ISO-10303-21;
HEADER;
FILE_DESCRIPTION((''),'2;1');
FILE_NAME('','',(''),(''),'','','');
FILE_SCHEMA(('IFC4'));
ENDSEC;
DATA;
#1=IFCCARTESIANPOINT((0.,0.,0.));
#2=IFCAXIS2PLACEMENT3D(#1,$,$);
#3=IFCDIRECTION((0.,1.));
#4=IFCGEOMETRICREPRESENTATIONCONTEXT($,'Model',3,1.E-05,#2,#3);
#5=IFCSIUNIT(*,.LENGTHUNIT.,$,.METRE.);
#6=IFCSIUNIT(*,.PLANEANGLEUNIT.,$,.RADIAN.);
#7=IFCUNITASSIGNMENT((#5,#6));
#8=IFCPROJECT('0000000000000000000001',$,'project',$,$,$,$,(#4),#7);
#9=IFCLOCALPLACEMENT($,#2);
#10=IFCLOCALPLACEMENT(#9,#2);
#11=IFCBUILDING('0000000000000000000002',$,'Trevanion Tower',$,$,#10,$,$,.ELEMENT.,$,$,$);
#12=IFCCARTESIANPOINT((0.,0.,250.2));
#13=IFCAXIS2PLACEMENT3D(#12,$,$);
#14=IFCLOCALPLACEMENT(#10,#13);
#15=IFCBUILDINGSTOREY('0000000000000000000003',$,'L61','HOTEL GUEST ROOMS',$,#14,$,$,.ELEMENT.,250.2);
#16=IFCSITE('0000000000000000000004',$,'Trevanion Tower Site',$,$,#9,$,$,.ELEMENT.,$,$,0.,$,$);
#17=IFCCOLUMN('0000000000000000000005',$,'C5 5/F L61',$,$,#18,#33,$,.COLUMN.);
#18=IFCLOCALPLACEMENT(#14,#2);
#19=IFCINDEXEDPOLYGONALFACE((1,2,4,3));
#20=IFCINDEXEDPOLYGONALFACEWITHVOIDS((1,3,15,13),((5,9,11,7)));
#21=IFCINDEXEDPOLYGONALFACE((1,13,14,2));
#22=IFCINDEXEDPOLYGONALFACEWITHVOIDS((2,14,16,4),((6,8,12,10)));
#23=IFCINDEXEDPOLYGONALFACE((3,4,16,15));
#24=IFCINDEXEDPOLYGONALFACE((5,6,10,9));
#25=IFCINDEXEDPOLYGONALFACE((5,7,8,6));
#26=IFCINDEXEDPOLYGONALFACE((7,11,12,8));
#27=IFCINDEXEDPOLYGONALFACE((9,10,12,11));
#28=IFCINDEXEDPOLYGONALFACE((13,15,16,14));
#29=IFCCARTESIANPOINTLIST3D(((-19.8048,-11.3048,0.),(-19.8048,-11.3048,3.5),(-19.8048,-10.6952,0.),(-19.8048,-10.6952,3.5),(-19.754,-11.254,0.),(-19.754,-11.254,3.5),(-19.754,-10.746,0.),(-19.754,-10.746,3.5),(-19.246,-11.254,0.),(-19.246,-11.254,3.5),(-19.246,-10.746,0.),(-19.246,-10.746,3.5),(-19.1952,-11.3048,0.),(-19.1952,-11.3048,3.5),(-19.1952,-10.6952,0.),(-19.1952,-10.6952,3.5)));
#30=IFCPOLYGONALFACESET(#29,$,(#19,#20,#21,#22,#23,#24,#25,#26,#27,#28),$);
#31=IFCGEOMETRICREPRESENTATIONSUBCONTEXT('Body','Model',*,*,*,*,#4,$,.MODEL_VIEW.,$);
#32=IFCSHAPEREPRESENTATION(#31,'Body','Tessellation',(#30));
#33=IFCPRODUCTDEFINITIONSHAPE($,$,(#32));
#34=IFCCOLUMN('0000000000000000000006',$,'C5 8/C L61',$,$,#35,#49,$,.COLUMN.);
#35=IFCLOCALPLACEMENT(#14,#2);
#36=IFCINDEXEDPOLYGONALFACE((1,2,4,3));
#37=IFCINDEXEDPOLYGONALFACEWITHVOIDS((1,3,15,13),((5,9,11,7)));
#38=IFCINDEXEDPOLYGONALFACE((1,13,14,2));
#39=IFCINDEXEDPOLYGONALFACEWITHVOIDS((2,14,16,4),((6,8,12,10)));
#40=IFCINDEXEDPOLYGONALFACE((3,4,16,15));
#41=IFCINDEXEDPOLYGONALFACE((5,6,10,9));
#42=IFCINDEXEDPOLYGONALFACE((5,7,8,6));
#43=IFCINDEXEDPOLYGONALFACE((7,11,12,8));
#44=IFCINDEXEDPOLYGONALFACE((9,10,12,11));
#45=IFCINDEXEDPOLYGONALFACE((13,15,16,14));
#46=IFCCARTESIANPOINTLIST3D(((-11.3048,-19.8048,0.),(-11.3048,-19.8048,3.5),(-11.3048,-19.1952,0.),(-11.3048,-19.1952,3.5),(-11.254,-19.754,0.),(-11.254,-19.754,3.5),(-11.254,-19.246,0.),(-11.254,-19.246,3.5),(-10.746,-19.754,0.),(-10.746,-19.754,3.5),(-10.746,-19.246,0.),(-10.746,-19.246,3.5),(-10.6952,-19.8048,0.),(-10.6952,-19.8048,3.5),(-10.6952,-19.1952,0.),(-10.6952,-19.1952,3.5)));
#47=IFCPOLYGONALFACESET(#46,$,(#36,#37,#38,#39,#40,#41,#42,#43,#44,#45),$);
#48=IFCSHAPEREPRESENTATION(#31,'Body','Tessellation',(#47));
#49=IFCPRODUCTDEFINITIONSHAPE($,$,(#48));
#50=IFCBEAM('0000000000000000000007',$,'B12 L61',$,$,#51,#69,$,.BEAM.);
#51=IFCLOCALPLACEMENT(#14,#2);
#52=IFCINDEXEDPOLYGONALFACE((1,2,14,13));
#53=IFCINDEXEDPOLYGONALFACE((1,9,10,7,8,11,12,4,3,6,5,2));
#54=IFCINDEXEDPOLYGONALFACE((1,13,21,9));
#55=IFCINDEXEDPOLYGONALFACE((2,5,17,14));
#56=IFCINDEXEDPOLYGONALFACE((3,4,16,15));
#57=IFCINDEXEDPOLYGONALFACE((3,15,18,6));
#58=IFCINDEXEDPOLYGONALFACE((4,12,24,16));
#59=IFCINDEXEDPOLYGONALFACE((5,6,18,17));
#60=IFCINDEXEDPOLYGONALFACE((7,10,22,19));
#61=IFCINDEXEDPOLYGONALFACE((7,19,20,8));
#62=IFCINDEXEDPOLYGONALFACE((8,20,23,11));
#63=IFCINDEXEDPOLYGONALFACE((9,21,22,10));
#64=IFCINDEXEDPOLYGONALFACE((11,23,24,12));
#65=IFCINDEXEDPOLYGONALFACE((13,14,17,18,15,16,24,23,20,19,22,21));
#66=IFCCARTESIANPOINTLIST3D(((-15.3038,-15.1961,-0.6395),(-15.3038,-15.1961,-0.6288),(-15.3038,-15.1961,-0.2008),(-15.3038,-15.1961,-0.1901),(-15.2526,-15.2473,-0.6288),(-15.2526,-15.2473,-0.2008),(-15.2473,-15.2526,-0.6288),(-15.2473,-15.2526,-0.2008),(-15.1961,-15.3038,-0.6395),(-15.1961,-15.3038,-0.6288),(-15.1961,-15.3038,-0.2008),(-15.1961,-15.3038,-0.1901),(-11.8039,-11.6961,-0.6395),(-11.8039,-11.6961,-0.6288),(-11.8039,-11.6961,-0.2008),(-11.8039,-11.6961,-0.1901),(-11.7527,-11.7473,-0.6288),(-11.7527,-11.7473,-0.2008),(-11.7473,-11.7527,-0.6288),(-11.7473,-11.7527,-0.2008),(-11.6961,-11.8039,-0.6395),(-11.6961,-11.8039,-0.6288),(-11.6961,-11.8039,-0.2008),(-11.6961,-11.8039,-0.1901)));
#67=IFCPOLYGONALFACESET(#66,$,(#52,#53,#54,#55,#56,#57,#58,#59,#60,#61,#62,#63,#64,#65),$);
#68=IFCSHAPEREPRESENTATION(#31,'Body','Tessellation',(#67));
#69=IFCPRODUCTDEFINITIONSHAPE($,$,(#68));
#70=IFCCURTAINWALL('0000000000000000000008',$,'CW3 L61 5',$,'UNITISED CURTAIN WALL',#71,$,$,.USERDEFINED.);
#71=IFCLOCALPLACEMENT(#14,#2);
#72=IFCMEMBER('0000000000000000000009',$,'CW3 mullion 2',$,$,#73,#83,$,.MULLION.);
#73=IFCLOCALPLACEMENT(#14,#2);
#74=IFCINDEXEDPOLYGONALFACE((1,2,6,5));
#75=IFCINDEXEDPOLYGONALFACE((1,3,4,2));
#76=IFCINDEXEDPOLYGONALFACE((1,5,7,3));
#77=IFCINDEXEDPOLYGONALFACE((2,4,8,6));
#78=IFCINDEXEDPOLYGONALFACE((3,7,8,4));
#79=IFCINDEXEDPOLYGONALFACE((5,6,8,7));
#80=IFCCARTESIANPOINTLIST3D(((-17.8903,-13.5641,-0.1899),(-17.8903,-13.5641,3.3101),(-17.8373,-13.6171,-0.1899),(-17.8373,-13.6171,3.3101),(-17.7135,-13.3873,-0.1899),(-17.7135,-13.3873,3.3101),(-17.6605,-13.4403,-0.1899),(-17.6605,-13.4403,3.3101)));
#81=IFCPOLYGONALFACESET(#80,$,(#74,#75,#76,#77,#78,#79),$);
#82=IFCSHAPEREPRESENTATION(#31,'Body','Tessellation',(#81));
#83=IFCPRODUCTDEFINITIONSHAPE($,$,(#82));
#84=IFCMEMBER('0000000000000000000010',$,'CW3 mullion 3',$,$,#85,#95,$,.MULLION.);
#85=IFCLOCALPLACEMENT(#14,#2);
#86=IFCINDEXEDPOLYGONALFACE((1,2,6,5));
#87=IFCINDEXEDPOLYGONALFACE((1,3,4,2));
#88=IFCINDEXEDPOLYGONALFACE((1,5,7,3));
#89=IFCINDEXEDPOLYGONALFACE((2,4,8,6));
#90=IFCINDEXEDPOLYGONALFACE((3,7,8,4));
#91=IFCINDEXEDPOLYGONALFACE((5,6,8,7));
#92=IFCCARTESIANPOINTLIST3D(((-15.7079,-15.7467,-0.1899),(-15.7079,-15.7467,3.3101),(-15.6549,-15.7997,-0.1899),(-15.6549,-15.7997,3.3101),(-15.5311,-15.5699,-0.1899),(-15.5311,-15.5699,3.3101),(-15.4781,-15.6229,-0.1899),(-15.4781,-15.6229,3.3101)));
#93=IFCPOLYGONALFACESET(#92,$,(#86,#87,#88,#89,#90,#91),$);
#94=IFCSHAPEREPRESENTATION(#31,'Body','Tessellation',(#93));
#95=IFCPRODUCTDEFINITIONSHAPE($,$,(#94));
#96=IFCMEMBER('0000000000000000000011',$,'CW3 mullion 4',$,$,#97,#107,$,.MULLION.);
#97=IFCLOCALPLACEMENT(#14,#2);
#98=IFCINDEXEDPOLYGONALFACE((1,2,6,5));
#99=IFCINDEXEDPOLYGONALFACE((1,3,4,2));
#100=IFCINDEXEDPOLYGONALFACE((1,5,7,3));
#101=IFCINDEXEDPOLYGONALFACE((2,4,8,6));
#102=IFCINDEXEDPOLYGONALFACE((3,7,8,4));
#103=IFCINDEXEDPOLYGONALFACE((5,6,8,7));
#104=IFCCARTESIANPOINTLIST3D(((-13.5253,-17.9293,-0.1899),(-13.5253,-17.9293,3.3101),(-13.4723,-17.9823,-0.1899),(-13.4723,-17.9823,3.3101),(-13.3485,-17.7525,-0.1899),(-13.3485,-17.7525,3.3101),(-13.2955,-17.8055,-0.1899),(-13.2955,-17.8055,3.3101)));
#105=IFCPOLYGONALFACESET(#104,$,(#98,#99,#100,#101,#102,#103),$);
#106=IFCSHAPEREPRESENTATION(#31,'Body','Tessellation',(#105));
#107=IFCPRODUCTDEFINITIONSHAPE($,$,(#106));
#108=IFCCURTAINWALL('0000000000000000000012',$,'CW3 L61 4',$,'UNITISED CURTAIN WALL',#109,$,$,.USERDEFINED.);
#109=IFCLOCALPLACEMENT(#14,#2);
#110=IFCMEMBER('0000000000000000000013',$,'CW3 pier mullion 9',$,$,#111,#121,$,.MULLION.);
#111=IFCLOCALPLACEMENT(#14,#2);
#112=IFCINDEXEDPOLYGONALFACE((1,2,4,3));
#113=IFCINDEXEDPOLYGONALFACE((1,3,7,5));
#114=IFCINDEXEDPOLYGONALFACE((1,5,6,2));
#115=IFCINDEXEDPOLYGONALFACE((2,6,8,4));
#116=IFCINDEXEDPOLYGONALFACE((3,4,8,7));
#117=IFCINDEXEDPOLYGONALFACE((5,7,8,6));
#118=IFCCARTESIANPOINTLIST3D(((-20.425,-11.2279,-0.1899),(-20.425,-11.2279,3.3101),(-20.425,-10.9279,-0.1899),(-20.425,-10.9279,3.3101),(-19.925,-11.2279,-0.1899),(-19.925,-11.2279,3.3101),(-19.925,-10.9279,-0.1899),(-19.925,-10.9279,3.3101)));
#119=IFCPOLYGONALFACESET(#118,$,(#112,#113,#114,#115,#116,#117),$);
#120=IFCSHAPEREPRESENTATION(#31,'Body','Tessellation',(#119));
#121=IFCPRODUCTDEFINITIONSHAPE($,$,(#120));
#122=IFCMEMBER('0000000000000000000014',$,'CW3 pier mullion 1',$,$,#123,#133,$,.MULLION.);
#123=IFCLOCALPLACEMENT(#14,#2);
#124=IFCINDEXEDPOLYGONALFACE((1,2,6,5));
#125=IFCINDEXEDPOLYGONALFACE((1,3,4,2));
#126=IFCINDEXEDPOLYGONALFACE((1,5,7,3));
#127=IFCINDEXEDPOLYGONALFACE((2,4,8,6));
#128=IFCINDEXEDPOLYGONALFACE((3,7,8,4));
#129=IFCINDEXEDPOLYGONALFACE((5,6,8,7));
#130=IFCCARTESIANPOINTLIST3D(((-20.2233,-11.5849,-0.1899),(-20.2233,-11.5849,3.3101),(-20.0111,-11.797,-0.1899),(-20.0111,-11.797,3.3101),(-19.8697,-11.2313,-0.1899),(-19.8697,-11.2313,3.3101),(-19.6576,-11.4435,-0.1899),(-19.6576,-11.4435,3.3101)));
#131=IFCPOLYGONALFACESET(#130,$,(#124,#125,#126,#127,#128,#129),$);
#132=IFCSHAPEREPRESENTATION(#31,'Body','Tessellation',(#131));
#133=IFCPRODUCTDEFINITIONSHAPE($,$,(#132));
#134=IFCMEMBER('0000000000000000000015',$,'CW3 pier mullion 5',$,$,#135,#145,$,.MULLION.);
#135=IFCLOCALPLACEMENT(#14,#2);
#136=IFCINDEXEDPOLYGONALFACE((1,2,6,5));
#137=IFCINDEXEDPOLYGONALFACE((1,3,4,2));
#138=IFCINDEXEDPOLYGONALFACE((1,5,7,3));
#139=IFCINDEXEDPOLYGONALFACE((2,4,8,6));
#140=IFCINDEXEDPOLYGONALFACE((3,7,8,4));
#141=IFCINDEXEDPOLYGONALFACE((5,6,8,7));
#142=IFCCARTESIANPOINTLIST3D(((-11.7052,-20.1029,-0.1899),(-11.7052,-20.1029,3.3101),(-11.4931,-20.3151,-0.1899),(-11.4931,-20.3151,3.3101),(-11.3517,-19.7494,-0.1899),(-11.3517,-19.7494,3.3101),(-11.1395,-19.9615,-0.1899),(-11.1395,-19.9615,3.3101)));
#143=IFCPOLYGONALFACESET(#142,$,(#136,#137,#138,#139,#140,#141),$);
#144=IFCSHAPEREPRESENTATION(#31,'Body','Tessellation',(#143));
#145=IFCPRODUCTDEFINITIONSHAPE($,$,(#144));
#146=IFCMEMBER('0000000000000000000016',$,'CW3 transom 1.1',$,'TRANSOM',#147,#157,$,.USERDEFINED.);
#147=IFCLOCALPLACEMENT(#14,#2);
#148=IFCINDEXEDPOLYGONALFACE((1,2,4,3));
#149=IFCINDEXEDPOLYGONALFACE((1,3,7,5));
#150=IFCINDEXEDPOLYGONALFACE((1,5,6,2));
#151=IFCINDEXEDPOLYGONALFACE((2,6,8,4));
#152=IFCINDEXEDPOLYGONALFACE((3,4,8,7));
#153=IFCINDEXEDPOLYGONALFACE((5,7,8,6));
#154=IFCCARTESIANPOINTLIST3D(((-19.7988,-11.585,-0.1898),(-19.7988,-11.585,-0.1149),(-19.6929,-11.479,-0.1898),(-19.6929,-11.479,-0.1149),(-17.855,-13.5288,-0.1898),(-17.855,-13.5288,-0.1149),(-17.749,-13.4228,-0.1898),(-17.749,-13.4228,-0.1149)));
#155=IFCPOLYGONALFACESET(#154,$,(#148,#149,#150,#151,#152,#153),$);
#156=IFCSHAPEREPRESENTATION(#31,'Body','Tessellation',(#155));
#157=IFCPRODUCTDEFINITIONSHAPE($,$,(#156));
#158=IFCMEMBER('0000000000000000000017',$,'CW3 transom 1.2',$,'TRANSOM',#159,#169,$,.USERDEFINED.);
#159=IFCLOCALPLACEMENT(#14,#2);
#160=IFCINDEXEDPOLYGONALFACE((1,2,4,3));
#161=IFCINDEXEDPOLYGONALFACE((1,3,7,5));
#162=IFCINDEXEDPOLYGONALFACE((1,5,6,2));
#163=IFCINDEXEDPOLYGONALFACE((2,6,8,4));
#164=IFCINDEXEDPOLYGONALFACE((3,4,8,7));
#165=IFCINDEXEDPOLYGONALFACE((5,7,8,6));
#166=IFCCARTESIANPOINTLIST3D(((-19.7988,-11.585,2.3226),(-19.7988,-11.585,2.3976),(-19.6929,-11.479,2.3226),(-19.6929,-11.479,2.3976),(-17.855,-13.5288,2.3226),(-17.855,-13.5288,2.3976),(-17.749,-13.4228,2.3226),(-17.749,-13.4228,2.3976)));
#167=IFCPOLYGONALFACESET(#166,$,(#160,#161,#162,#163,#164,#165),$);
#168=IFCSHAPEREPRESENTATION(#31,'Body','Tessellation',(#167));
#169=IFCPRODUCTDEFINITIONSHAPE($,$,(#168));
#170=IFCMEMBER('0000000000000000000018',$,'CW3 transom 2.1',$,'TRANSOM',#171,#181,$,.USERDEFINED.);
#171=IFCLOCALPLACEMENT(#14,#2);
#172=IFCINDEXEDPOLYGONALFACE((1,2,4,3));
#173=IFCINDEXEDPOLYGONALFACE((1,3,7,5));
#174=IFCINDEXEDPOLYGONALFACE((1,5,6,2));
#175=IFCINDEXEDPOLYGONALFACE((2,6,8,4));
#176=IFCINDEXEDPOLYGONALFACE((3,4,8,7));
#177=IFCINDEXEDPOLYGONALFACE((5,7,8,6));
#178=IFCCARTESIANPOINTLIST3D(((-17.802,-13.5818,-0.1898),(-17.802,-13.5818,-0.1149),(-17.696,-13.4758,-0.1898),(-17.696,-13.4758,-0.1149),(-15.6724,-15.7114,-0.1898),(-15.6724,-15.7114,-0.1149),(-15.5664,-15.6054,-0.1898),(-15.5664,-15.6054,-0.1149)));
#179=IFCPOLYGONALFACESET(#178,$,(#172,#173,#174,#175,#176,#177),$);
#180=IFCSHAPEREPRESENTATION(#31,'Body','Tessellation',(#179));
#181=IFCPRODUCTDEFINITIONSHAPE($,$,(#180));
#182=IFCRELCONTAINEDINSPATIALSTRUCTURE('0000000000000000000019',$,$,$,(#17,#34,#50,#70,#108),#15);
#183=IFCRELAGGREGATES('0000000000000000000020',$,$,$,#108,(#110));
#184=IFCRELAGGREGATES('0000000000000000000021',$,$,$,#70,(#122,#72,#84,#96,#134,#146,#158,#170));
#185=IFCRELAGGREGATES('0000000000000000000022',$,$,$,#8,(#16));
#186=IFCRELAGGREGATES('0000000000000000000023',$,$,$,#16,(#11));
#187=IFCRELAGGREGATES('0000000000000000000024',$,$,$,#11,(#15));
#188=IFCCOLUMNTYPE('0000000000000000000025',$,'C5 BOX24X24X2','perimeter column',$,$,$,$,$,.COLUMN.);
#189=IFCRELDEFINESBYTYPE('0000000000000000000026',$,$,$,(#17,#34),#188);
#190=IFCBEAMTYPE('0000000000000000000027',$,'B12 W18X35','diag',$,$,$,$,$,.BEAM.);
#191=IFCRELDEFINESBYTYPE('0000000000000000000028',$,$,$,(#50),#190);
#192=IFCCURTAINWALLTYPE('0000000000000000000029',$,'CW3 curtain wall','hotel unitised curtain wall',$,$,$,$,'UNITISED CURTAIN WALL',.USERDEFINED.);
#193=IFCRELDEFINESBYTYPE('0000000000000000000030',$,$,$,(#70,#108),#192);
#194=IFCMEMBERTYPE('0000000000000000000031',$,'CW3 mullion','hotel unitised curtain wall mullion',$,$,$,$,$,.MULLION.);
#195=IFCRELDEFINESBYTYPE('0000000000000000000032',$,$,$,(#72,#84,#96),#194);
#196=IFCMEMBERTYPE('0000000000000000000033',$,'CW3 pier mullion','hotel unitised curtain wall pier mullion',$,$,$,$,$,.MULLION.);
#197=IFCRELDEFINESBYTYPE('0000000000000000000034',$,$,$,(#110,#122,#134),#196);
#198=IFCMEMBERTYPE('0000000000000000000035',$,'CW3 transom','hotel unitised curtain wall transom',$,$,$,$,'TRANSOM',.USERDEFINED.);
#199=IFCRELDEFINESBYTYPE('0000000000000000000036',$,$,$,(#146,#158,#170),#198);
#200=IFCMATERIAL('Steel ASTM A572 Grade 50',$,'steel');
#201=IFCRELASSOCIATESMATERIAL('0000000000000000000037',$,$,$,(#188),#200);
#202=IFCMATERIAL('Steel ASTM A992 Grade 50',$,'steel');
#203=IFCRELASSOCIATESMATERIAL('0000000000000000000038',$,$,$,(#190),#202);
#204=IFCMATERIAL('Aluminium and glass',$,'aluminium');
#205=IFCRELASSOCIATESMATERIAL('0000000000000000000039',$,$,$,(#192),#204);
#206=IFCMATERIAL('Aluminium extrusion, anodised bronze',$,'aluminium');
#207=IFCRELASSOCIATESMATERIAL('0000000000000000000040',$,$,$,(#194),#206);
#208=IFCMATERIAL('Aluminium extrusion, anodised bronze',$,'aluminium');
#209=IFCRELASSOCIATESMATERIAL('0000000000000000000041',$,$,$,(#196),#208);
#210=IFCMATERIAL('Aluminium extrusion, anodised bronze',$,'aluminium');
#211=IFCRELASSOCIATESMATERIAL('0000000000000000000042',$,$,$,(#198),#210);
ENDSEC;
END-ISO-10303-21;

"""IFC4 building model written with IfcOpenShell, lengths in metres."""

from ifc_helpers import new_model, si_unit, direction, frame, origin, origin_2d, place, context, subcontext, project, spatial, rectangle, hollow_rectangle, i_section, extrude, material, material_profile, profile_set, type_object, element, aggregate, save


model = new_model("IFC4")

# Units and contexts
model_context = context("Model", 3, precision=1e-05, world=origin(), true_north=direction((0.0, 1.0)))
body_context = subcontext(model_context, "Body", "Model", "MODEL_VIEW")
ifc_project = project(units=[si_unit("LENGTHUNIT", "METRE"), si_unit("PLANEANGLEUNIT", "RADIAN")], contexts=[model_context])

# Site, building, storey
site_placement = place(None, origin())
site = spatial("IfcSite", under=ifc_project, at=site_placement, Name="Trevanion Tower Site", CompositionType="ELEMENT", RefElevation=0.0)
building_placement = place(site_placement, origin())
building = spatial("IfcBuilding", under=site, at=building_placement, Name="Trevanion Tower", CompositionType="ELEMENT")
storey_placement = place(building_placement, frame((0.0, 0.0, 250.2)))
storey = spatial("IfcBuildingStorey", under=building, at=storey_placement, Name="L61", Description="HOTEL GUEST ROOMS", CompositionType="ELEMENT", Elevation=250.2)

# Columns
ifc_material_1 = material(Name="Steel ASTM A572 Grade 50", Category="steel")
ifc_material_profile_1 = material_profile(ifc_material_1, hollow_rectangle(XDim=0.6096, YDim=0.6096, WallThickness=0.0508, at=origin_2d()), Name="BOX24X24X2")
ifc_profile_set_1 = profile_set([ifc_material_profile_1], Name="Steel ASTM A572 Grade 50")
column_type = type_object("IfcColumnType", Name="C5 BOX24X24X2", Description="perimeter column", PredefinedType="COLUMN", material=ifc_profile_set_1)
for number, where, z_axis, x_axis, name in (
    (1, (-19.5, -11.0, 0.0), (0.0, 0.0, 1.0), (0.0, 1.0, 0.0), "C5 5/F L61"),
    (2, (-11.0, -19.5, 0.0), (0.0, 0.0, 1.0), (1.0, 0.0, 0.0), "C5 8/C L61"),
):
    element("IfcColumn", number, at=place(storey_placement, frame(where, z_axis=z_axis, x_axis=x_axis)), inside=storey, type_object=column_type, Name=name, PredefinedType="COLUMN", context=body_context, shape_type="SweptSolid", body=[
        extrude(hollow_rectangle(XDim=0.6096, YDim=0.6096, WallThickness=0.0508, at=origin_2d()), origin(), (0.0, 0.0, 1.0), 3.5),
    ])

# Beam
ifc_material_2 = material(Name="Steel ASTM A992 Grade 50", Category="steel")
ifc_material_profile_2 = material_profile(ifc_material_2, i_section(OverallWidth=0.1523, OverallDepth=0.4495, WebThickness=0.0076, FlangeThickness=0.0107, at=origin_2d()), Name="W18X35")
ifc_profile_set_2 = profile_set([ifc_material_profile_2], Name="Steel ASTM A992 Grade 50")
beam_type_1 = type_object("IfcBeamType", Name="B12 W18X35", Description="diag", PredefinedType="BEAM", material=ifc_profile_set_2)
beam_1_placement = place(storey_placement, frame((-11.75, -11.75, -0.4148), z_axis=(-0.707107, -0.707107, 0.0), x_axis=(0.707107, -0.707107, 0.0)))
element("IfcBeam", 3, at=beam_1_placement, inside=storey, type_object=beam_type_1, Name="B12 L61", PredefinedType="BEAM", context=body_context, shape_type="SweptSolid", body=[
    extrude(i_section(OverallWidth=0.1523, OverallDepth=0.4495, WebThickness=0.0076, FlangeThickness=0.0107, at=origin_2d()), origin(), (0.0, 0.0, 1.0), 4.9497),
])

# Curtain wall, members
ifc_material_3 = material(Name="Aluminium and glass", Category="aluminium")
curtain_wall_type = type_object("IfcCurtainWallType", Name="CW3 curtain wall", Description="hotel unitised curtain wall", ElementType="UNITISED CURTAIN WALL", PredefinedType="USERDEFINED", material=ifc_material_3)
curtain_wall_1_placement = place(storey_placement, origin())
curtain_wall_1 = element("IfcCurtainWall", 4, at=curtain_wall_1_placement, inside=storey, type_object=curtain_wall_type, Name="CW3 L61 5", ObjectType="UNITISED CURTAIN WALL", PredefinedType="USERDEFINED")
ifc_material_4 = material(Name="Aluminium extrusion, anodised bronze", Category="aluminium")
ifc_material_profile_3 = material_profile(ifc_material_4, rectangle(XDim=0.075, YDim=0.25, at=origin_2d()), Name="CW3 mullion")
ifc_profile_set_3 = profile_set([ifc_material_profile_3], Name="Aluminium extrusion, anodised bronze")
member_type_1 = type_object("IfcMemberType", Name="CW3 mullion", Description="hotel unitised curtain wall mullion", PredefinedType="MULLION", material=ifc_profile_set_3)
member_1_placement = place(storey_placement, frame((-17.7754, -13.5022, -0.1899), z_axis=(0.0, 0.0, 1.0), x_axis=(0.707107, -0.707107, 0.0)))
member_1 = element("IfcMember", 5, at=member_1_placement, type_object=member_type_1, Name="CW3 mullion 2", PredefinedType="MULLION", context=body_context, shape_type="SweptSolid", body=[
    extrude(rectangle(XDim=0.075, YDim=0.25, at=origin_2d()), origin(), (0.0, 0.0, 1.0), 3.5),
])
member_2_placement = place(storey_placement, frame((-15.593, -15.6848, -0.1899), z_axis=(0.0, 0.0, 1.0), x_axis=(0.707107, -0.707107, 0.0)))
member_2 = element("IfcMember", 6, at=member_2_placement, type_object=member_type_1, Name="CW3 mullion 3", PredefinedType="MULLION", context=body_context, shape_type="SweptSolid", body=[
    extrude(rectangle(XDim=0.075, YDim=0.25, at=origin_2d()), origin(), (0.0, 0.0, 1.0), 3.5),
])
member_3_placement = place(storey_placement, frame((-13.4104, -17.8674, -0.1899), z_axis=(0.0, 0.0, 1.0), x_axis=(0.707107, -0.707107, 0.0)))
member_3 = element("IfcMember", 7, at=member_3_placement, type_object=member_type_1, Name="CW3 mullion 4", PredefinedType="MULLION", context=body_context, shape_type="SweptSolid", body=[
    extrude(rectangle(XDim=0.075, YDim=0.25, at=origin_2d()), origin(), (0.0, 0.0, 1.0), 3.5),
])

# Curtain wall, member
curtain_wall_2_placement = place(storey_placement, origin())
curtain_wall_2 = element("IfcCurtainWall", 8, at=curtain_wall_2_placement, inside=storey, type_object=curtain_wall_type, Name="CW3 L61 4", ObjectType="UNITISED CURTAIN WALL", PredefinedType="USERDEFINED")
ifc_material_5 = material(Name="Aluminium extrusion, anodised bronze", Category="aluminium")
ifc_material_profile_4 = material_profile(ifc_material_5, rectangle(XDim=0.3, YDim=0.5, at=origin_2d()), Name="CW3 pier mullion")
ifc_profile_set_4 = profile_set([ifc_material_profile_4], Name="Aluminium extrusion, anodised bronze")
member_type_2 = type_object("IfcMemberType", Name="CW3 pier mullion", Description="hotel unitised curtain wall pier mullion", PredefinedType="MULLION", material=ifc_profile_set_4)
member_4_placement = place(storey_placement, frame((-20.175, -11.0779, -0.1899), z_axis=(0.0, 0.0, 1.0), x_axis=(0.0, -1.0, 0.0)))
member_4 = element("IfcMember", 9, at=member_4_placement, type_object=member_type_2, Name="CW3 pier mullion 9", PredefinedType="MULLION", context=body_context, shape_type="SweptSolid", body=[
    extrude(rectangle(XDim=0.3, YDim=0.5, at=origin_2d()), origin(), (0.0, 0.0, 1.0), 3.5),
])
aggregate(curtain_wall_2, [member_4])

# Members
member_5_placement = place(storey_placement, frame((-19.9404, -11.5142, -0.1899), z_axis=(0.0, 0.0, 1.0), x_axis=(0.707107, -0.707107, 0.0)))
member_5 = element("IfcMember", 10, at=member_5_placement, type_object=member_type_2, Name="CW3 pier mullion 1", PredefinedType="MULLION", context=body_context, shape_type="SweptSolid", body=[
    extrude(rectangle(XDim=0.3, YDim=0.5, at=origin_2d()), origin(), (0.0, 0.0, 1.0), 3.5),
])
member_6_placement = place(storey_placement, frame((-11.4224, -20.0322, -0.1899), z_axis=(0.0, 0.0, 1.0), x_axis=(0.707107, -0.707107, 0.0)))
member_6 = element("IfcMember", 11, at=member_6_placement, type_object=member_type_2, Name="CW3 pier mullion 5", PredefinedType="MULLION", context=body_context, shape_type="SweptSolid", body=[
    extrude(rectangle(XDim=0.3, YDim=0.5, at=origin_2d()), origin(), (0.0, 0.0, 1.0), 3.5),
])
ifc_material_6 = material(Name="Aluminium extrusion, anodised bronze", Category="aluminium")
ifc_material_profile_5 = material_profile(ifc_material_6, rectangle(XDim=0.1499, YDim=0.075, at=origin_2d()), Name="CW3 transom")
ifc_profile_set_5 = profile_set([ifc_material_profile_5], Name="Aluminium extrusion, anodised bronze")
member_type_3 = type_object("IfcMemberType", Name="CW3 transom", Description="hotel unitised curtain wall transom", ElementType="TRANSOM", PredefinedType="USERDEFINED", material=ifc_profile_set_5)
member_7_placement = place(storey_placement, frame((-19.7458, -11.532, -0.1523), z_axis=(0.707107, -0.707107, 0.0), x_axis=(0.707107, 0.707107, 0.0)))
member_7 = element("IfcMember", 12, at=member_7_placement, type_object=member_type_3, Name="CW3 transom 1.1", ObjectType="TRANSOM", PredefinedType="USERDEFINED", context=body_context, shape_type="SweptSolid", body=[
    extrude(rectangle(XDim=0.1499, YDim=0.075, at=origin_2d()), origin(), (0.0, 0.0, 1.0), 2.749),
])
member_8_placement = place(storey_placement, frame((-19.7458, -11.532, 2.3601), z_axis=(0.707107, -0.707107, 0.0), x_axis=(0.707107, 0.707107, 0.0)))
member_8 = element("IfcMember", 13, at=member_8_placement, type_object=member_type_3, Name="CW3 transom 1.2", ObjectType="TRANSOM", PredefinedType="USERDEFINED", context=body_context, shape_type="SweptSolid", body=[
    extrude(rectangle(XDim=0.1499, YDim=0.075, at=origin_2d()), origin(), (0.0, 0.0, 1.0), 2.749),
])
member_9_placement = place(storey_placement, frame((-17.749, -13.5288, -0.1523), z_axis=(0.707107, -0.707107, 0.0), x_axis=(0.707107, 0.707107, 0.0)))
member_9 = element("IfcMember", 14, at=member_9_placement, type_object=member_type_3, Name="CW3 transom 2.1", ObjectType="TRANSOM", PredefinedType="USERDEFINED", context=body_context, shape_type="SweptSolid", body=[
    extrude(rectangle(XDim=0.1499, YDim=0.075, at=origin_2d()), origin(), (0.0, 0.0, 1.0), 3.0117),
])

aggregate(curtain_wall_1, [member_5, member_1, member_2, member_3, member_6, member_7, member_8, member_9])

save(model, "model.ifc")
